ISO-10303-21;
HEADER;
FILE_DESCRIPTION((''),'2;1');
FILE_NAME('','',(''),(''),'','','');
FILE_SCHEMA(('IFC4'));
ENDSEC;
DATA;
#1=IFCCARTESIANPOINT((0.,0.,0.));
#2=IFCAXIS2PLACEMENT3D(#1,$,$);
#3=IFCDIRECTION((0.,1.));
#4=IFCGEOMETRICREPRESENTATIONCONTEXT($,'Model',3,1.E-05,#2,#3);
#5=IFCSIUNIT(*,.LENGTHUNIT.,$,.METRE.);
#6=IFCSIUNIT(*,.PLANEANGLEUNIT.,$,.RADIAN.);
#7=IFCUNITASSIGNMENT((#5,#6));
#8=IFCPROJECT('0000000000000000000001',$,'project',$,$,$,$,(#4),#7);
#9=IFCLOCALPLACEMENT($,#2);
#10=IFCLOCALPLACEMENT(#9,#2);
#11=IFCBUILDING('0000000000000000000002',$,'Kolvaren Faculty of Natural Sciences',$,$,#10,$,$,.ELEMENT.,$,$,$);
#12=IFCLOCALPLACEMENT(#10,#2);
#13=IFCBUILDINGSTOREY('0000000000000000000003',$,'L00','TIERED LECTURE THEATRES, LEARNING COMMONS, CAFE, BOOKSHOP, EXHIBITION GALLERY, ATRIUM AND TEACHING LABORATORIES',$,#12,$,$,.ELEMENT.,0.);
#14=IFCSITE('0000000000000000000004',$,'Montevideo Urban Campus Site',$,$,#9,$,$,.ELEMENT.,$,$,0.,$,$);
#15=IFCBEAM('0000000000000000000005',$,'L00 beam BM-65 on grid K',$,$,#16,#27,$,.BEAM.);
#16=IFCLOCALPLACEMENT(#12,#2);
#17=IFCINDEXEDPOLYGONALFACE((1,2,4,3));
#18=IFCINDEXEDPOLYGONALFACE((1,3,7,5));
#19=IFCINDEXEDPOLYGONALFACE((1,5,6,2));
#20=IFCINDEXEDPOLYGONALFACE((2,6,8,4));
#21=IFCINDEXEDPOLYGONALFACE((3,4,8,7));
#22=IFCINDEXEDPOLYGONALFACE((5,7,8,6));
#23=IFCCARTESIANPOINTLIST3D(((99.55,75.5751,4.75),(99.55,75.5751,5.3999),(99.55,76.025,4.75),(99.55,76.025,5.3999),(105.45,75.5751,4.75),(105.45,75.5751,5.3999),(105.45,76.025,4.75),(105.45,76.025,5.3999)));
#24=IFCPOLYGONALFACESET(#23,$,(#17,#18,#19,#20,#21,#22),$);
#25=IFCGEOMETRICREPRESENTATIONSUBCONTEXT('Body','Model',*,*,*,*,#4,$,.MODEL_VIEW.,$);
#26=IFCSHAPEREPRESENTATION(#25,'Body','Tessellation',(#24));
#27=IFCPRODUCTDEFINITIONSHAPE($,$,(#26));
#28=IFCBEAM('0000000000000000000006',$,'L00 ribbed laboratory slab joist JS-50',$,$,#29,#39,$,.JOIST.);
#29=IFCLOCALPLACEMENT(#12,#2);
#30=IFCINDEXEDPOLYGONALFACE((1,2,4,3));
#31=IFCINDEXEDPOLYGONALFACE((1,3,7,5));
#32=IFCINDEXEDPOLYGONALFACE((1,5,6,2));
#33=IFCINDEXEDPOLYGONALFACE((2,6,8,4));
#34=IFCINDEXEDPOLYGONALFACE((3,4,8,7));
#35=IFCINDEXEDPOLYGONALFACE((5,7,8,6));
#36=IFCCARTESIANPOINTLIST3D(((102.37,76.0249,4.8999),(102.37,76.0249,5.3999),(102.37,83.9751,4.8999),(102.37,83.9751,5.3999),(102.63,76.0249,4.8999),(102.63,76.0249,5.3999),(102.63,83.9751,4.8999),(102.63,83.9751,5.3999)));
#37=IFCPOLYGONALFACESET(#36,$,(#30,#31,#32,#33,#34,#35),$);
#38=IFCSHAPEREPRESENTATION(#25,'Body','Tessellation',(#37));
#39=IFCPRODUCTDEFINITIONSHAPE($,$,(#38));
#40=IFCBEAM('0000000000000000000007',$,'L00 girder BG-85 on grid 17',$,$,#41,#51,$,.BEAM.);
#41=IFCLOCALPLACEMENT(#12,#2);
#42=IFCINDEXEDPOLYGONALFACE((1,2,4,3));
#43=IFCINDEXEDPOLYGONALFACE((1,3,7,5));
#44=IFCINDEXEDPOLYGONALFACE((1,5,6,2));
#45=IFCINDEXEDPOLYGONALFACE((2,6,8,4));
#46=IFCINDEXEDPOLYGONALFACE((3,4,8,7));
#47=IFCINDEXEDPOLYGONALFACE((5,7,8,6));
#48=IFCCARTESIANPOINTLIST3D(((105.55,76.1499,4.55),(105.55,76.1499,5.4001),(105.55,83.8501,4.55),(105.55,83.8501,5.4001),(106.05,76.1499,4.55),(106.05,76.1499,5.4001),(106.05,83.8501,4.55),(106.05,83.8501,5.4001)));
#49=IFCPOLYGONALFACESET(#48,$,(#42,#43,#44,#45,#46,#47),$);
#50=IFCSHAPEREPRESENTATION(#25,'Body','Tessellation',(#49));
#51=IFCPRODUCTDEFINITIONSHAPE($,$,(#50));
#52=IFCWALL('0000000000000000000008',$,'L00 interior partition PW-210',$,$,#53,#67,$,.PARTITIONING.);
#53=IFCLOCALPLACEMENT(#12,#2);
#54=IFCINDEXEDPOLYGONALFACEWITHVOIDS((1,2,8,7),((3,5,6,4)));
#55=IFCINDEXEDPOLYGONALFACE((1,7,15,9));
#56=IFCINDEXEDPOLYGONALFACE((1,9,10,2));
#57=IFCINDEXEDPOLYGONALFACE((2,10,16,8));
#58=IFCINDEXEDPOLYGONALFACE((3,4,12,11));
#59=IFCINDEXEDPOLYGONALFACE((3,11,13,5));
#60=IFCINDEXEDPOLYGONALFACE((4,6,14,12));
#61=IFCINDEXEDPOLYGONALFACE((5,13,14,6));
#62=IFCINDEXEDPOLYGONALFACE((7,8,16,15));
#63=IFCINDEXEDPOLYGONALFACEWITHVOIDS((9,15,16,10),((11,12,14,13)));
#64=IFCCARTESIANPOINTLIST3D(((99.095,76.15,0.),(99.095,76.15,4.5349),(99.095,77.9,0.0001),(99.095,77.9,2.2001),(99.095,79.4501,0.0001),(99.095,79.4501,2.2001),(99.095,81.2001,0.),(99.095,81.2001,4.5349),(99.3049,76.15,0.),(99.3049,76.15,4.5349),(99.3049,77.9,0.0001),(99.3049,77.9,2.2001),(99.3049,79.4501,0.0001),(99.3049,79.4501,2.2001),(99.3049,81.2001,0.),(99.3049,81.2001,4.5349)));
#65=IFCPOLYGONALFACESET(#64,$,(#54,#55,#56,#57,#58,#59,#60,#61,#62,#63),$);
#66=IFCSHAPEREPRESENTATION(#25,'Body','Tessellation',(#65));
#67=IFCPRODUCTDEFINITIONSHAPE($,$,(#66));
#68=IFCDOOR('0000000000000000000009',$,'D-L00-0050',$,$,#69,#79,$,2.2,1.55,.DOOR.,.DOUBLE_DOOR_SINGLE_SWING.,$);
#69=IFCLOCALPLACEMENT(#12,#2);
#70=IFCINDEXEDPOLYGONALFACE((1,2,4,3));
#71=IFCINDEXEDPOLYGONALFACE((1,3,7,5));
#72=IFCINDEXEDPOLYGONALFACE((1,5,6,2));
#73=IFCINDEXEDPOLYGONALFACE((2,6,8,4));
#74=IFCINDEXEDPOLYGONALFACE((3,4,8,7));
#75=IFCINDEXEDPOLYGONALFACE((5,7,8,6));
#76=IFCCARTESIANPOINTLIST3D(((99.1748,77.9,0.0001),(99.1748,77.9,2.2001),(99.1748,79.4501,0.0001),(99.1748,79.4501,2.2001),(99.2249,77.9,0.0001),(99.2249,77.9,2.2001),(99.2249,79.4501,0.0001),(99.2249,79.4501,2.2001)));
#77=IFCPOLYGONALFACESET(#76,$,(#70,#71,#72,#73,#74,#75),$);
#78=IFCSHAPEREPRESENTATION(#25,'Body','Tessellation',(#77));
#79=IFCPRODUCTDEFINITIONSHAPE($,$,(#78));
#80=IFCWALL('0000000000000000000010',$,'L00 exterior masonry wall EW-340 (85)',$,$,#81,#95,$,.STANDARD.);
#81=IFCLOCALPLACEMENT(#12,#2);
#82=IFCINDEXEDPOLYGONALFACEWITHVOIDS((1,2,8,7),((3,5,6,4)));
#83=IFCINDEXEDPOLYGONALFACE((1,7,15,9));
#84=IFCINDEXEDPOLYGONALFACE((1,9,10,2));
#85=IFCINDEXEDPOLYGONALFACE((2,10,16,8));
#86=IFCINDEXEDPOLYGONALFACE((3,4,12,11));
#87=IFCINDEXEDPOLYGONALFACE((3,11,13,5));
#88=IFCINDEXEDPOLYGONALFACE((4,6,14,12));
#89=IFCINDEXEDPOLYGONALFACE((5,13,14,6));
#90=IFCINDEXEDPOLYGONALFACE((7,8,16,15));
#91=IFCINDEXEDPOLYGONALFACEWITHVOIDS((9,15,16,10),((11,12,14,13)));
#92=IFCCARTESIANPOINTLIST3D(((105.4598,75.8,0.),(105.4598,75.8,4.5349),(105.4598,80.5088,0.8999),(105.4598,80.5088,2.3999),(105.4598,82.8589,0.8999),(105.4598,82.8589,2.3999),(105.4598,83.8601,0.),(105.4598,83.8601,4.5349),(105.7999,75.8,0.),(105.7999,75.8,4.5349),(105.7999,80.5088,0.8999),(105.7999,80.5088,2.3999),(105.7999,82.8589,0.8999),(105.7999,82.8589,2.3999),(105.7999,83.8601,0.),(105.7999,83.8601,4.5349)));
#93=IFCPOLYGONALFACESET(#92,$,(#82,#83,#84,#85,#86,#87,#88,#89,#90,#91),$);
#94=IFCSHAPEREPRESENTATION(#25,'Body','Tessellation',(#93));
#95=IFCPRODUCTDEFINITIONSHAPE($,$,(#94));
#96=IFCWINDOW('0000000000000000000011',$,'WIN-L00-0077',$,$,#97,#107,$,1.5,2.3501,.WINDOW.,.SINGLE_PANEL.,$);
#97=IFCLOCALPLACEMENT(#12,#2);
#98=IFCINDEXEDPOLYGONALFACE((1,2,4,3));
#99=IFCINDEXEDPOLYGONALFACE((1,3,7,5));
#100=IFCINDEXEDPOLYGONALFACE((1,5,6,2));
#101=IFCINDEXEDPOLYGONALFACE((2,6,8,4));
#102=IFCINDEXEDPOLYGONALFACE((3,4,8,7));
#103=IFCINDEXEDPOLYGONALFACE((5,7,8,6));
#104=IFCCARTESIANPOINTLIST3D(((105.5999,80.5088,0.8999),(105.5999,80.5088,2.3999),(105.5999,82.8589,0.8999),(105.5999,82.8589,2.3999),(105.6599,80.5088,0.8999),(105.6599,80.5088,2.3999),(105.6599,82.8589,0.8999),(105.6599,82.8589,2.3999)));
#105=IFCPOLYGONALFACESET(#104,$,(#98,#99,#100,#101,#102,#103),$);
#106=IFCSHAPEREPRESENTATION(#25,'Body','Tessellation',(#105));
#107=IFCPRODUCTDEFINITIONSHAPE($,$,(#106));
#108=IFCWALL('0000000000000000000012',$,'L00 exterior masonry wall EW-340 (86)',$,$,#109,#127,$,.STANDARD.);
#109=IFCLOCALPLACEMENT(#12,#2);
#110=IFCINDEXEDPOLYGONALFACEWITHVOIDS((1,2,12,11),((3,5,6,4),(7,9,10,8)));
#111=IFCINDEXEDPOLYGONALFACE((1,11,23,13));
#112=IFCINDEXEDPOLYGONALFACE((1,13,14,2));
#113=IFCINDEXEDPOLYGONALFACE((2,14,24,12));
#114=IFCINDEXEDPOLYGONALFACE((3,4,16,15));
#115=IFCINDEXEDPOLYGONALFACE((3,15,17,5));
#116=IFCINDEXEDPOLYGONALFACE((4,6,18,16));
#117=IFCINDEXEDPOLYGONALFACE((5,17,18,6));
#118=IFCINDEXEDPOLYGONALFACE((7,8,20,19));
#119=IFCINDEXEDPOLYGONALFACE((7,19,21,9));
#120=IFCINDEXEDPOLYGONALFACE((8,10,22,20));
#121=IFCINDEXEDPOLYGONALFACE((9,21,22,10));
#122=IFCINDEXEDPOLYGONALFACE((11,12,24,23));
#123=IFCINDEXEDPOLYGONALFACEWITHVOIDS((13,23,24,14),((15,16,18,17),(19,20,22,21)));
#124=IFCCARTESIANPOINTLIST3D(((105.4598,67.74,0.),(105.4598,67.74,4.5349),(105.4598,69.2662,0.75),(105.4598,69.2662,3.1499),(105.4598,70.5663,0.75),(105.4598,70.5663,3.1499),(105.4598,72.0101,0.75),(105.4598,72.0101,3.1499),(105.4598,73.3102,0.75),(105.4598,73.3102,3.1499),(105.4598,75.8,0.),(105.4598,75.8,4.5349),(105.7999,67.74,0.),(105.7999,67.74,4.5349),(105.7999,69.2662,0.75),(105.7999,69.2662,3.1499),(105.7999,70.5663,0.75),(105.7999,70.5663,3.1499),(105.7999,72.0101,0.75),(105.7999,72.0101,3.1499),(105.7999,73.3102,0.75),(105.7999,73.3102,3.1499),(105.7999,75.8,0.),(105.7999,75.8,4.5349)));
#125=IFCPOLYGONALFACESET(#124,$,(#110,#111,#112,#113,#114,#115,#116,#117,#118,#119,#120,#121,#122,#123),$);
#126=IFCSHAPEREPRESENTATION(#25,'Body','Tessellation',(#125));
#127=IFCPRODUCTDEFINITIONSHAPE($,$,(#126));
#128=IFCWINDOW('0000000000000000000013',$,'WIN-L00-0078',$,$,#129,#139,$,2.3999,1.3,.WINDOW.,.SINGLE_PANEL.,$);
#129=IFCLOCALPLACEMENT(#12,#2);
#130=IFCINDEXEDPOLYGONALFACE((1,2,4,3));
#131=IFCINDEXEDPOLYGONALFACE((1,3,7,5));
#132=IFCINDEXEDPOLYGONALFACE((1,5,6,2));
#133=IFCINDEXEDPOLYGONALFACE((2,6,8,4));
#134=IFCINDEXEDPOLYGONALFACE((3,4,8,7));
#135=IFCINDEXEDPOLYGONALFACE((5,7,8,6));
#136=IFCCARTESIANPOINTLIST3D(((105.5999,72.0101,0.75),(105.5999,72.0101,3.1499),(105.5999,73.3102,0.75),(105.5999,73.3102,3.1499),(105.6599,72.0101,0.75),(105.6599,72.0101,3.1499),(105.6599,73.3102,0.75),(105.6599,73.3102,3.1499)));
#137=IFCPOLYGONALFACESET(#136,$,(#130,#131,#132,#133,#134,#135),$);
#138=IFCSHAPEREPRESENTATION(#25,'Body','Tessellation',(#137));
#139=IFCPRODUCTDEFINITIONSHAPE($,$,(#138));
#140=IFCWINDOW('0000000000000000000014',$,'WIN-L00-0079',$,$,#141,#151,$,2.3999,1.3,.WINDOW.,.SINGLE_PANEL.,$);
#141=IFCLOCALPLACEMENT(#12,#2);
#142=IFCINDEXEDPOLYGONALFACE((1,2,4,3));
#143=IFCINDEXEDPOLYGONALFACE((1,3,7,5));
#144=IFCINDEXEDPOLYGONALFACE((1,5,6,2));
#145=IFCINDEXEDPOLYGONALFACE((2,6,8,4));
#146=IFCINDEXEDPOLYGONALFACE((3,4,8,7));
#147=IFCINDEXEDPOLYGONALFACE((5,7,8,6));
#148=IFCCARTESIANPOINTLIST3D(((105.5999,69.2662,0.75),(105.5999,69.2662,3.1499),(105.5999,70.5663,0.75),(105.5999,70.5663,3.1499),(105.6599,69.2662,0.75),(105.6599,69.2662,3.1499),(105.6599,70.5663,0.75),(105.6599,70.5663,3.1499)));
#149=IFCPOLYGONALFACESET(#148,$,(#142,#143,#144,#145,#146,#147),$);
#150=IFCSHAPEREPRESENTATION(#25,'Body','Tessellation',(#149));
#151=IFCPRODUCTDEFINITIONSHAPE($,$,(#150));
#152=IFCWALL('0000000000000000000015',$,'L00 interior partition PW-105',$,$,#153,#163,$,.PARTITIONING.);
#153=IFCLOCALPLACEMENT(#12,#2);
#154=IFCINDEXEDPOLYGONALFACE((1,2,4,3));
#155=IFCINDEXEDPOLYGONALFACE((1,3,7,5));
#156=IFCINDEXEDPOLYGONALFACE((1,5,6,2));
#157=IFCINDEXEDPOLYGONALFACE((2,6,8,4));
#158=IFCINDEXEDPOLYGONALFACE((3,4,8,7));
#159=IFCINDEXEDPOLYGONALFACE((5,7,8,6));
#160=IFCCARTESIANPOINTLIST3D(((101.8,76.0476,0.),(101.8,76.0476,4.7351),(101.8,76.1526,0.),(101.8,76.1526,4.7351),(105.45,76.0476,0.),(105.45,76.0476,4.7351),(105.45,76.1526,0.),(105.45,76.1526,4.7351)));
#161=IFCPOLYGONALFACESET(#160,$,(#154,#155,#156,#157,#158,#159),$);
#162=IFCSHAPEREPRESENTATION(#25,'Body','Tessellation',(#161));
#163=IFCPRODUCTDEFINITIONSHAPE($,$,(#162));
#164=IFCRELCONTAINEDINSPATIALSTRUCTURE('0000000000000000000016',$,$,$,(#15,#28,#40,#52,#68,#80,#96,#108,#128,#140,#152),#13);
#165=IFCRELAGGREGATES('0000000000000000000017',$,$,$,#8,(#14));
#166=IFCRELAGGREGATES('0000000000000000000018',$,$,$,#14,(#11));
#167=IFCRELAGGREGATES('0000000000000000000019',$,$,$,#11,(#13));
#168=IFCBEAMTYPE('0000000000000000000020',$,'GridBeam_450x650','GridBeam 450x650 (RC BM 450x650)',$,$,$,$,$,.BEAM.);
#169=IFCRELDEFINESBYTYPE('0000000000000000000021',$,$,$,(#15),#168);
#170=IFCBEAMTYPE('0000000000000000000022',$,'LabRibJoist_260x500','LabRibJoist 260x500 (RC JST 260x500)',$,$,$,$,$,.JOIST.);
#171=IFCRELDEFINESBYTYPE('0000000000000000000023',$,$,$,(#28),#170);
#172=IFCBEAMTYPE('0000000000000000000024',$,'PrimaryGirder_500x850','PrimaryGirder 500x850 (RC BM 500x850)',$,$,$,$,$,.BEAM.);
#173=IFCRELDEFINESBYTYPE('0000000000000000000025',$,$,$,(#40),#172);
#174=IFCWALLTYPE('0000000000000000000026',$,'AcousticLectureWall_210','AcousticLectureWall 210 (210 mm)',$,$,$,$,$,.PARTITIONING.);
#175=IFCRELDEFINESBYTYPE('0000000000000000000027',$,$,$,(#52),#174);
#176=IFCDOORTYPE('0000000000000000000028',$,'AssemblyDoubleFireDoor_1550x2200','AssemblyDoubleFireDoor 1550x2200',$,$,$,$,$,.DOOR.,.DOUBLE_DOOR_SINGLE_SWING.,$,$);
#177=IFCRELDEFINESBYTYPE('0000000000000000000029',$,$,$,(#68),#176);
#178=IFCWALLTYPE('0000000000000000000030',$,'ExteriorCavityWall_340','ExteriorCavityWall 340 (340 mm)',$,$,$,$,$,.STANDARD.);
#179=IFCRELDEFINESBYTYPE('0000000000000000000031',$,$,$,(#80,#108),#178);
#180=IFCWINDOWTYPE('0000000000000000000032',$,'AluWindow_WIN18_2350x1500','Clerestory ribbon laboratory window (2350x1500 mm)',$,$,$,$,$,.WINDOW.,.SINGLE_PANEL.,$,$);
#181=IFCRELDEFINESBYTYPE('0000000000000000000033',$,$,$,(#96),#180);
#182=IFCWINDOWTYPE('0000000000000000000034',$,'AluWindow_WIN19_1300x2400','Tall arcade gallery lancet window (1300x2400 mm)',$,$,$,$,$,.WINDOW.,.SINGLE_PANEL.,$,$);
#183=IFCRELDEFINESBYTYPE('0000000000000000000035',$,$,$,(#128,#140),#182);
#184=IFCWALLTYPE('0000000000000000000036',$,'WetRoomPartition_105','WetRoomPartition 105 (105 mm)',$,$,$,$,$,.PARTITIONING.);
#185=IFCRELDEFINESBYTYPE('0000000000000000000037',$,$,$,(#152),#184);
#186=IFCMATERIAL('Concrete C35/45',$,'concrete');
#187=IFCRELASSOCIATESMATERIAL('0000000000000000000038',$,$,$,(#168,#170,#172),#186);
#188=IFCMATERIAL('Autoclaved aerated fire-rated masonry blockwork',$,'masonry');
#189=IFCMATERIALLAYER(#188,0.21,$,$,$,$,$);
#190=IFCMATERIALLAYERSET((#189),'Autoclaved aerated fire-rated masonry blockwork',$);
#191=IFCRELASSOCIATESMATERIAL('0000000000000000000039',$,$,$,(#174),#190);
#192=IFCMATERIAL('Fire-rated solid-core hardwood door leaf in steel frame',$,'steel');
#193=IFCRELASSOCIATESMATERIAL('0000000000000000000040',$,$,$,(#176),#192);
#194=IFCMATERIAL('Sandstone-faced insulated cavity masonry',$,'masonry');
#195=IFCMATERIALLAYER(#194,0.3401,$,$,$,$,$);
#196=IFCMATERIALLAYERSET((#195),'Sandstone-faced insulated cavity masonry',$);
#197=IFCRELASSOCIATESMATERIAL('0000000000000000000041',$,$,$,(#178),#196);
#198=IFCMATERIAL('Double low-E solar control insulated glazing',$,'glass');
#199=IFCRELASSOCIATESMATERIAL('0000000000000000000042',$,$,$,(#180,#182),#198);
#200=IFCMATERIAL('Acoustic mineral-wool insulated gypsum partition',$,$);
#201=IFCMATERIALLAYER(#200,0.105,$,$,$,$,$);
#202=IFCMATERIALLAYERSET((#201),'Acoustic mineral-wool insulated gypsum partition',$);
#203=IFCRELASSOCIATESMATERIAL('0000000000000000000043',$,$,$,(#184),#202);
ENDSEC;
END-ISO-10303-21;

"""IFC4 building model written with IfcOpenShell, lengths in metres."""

from ifc_helpers import new_model, si_unit, direction, frame, frame_2d, origin, origin_2d, place, context, subcontext, project, spatial, rectangle, extrude, material, layer, layer_set, material_profile, profile_set, type_object, element, fill, save


model = new_model("IFC4")

# Units and contexts
model_context = context("Model", 3, precision=1e-05, world=origin(), true_north=direction((0.0, 1.0)))
body_context = subcontext(model_context, "Body", "Model", "MODEL_VIEW")
ifc_project = project(units=[si_unit("LENGTHUNIT", "METRE"), si_unit("PLANEANGLEUNIT", "RADIAN")], contexts=[model_context])

# Site, building, storey
site_placement = place(None, origin())
site = spatial("IfcSite", under=ifc_project, at=site_placement, Name="Montevideo Urban Campus Site", CompositionType="ELEMENT", RefElevation=0.0)
building_placement = place(site_placement, origin())
building = spatial("IfcBuilding", under=site, at=building_placement, Name="Kolvaren Faculty of Natural Sciences", CompositionType="ELEMENT")
storey_placement = place(building_placement, origin())
storey = spatial("IfcBuildingStorey", under=building, at=storey_placement, Name="L00", Description="TIERED LECTURE THEATRES, LEARNING COMMONS, CAFE, BOOKSHOP, EXHIBITION GALLERY, ATRIUM AND TEACHING LABORATORIES", CompositionType="ELEMENT", Elevation=0.0)

# Shared definitions
ifc_material_1 = material(Name="Concrete C35/45", Category="concrete")

# Beams
ifc_material_profile_1 = material_profile(ifc_material_1, rectangle(XDim=0.45, YDim=0.6499, at=origin_2d()), Name="RC BM 450x650")
ifc_profile_set_1 = profile_set([ifc_material_profile_1], Name="Concrete C35/45")
beam_type_1 = type_object("IfcBeamType", Name="GridBeam_450x650", Description="GridBeam 450x650 (RC BM 450x650)", PredefinedType="BEAM", material=ifc_profile_set_1)
beam_1_placement = place(storey_placement, frame((99.55, 75.8, 5.075), z_axis=(1.0, 0.0, 0.0), x_axis=(0.0, 1.0, 0.0)))
element("IfcBeam", 1, at=beam_1_placement, inside=storey, type_object=beam_type_1, Name="L00 beam BM-65 on grid K", PredefinedType="BEAM", context=body_context, shape_type="SweptSolid", body=[
    extrude(rectangle(XDim=0.45, YDim=0.6499, at=origin_2d()), origin(), (0.0, 0.0, 1.0), 5.8999),
])
ifc_material_profile_2 = material_profile(ifc_material_1, rectangle(XDim=0.26, YDim=0.5, at=origin_2d()), Name="RC JST 260x500")
ifc_profile_set_2 = profile_set([ifc_material_profile_2], Name="Concrete C35/45")
beam_type_2 = type_object("IfcBeamType", Name="LabRibJoist_260x500", Description="LabRibJoist 260x500 (RC JST 260x500)", PredefinedType="JOIST", material=ifc_profile_set_2)
beam_2_placement = place(storey_placement, frame((102.5, 76.0249, 5.1499), z_axis=(0.0, 1.0, 0.0), x_axis=(-1.0, 0.0, 0.0)))
element("IfcBeam", 2, at=beam_2_placement, inside=storey, type_object=beam_type_2, Name="L00 ribbed laboratory slab joist JS-50", PredefinedType="JOIST", context=body_context, shape_type="SweptSolid", body=[
    extrude(rectangle(XDim=0.26, YDim=0.5, at=origin_2d()), origin(), (0.0, 0.0, 1.0), 7.9502),
])
ifc_material_profile_3 = material_profile(ifc_material_1, rectangle(XDim=0.5, YDim=0.8501, at=origin_2d()), Name="RC BM 500x850")
ifc_profile_set_3 = profile_set([ifc_material_profile_3], Name="Concrete C35/45")
beam_type_3 = type_object("IfcBeamType", Name="PrimaryGirder_500x850", Description="PrimaryGirder 500x850 (RC BM 500x850)", PredefinedType="BEAM", material=ifc_profile_set_3)
beam_3_placement = place(storey_placement, frame((105.8, 76.1499, 4.9751), z_axis=(0.0, 1.0, 0.0), x_axis=(-1.0, 0.0, 0.0)))
element("IfcBeam", 3, at=beam_3_placement, inside=storey, type_object=beam_type_3, Name="L00 girder BG-85 on grid 17", PredefinedType="BEAM", context=body_context, shape_type="SweptSolid", body=[
    extrude(rectangle(XDim=0.5, YDim=0.8501, at=origin_2d()), origin(), (0.0, 0.0, 1.0), 7.7002),
])

# Wall, opening, door
ifc_material_2 = material(Name="Autoclaved aerated fire-rated masonry blockwork", Category="masonry")
ifc_layer_1 = layer(ifc_material_2, 0.21)
ifc_layer_set_1 = layer_set([ifc_layer_1], Name="Autoclaved aerated fire-rated masonry blockwork")
wall_type_1 = type_object("IfcWallType", Name="AcousticLectureWall_210", Description="AcousticLectureWall 210 (210 mm)", PredefinedType="PARTITIONING", material=ifc_layer_set_1)
wall_1_placement = place(storey_placement, frame((99.2, 81.2, 0.0), z_axis=(0.0, 0.0, 1.0), x_axis=(0.0, -1.0, 0.0)))
wall_1 = element("IfcWall", 4, at=wall_1_placement, inside=storey, type_object=wall_type_1, Name="L00 interior partition PW-210", PredefinedType="PARTITIONING", context=body_context, shape_type="SweptSolid", body=[
    extrude(rectangle(XDim=5.05, YDim=0.21, at=frame_2d((2.5249, 0.0))), origin(), (0.0, 0.0, 1.0), 4.5349),
])
opening_1_placement = place(wall_1_placement, frame((1.75, 0.0, 0.0)))
opening_1 = element("IfcOpeningElement", 5, at=opening_1_placement, cuts=wall_1, PredefinedType="OPENING", context=body_context, shape_type="SweptSolid", body=[
    extrude(rectangle(XDim=1.55, YDim=2.2, at=frame_2d((0.7749, 1.1001))), frame((0.0, 0.115, 0.0), z_axis=(0.0, -1.0, 0.0), x_axis=(1.0, 0.0, 0.0)), (0.0, 0.0, 1.0), 0.23),
])
ifc_material_3 = material(Name="Fire-rated solid-core hardwood door leaf in steel frame", Category="steel")
door_type_1 = type_object("IfcDoorType", Name="AssemblyDoubleFireDoor_1550x2200", Description="AssemblyDoubleFireDoor 1550x2200", OperationType="DOUBLE_DOOR_SINGLE_SWING", PredefinedType="DOOR", material=ifc_material_3)
door_1_placement = place(opening_1_placement, origin())
door_1 = element("IfcDoor", 6, at=door_1_placement, inside=storey, type_object=door_type_1, Name="D-L00-0050", OperationType="DOUBLE_DOOR_SINGLE_SWING", OverallHeight=2.2, OverallWidth=1.55, PredefinedType="DOOR", context=body_context, shape_type="SweptSolid", body=[
    extrude(rectangle(XDim=1.55, YDim=2.2, at=frame_2d((0.7749, 1.1001))), frame((0.0, 0.0249, 0.0), z_axis=(0.0, -1.0, 0.0), x_axis=(1.0, 0.0, 0.0)), (0.0, 0.0, 1.0), 0.05),
])
fill(opening_1, door_1)

# Wall, opening, window
ifc_material_4 = material(Name="Sandstone-faced insulated cavity masonry", Category="masonry")
ifc_layer_2 = layer(ifc_material_4, 0.3401)
ifc_layer_set_2 = layer_set([ifc_layer_2], Name="Sandstone-faced insulated cavity masonry")
wall_type_2 = type_object("IfcWallType", Name="ExteriorCavityWall_340", Description="ExteriorCavityWall 340 (340 mm)", PredefinedType="STANDARD", material=ifc_layer_set_2)
wall_2_placement = place(storey_placement, frame((105.6299, 83.8601, 0.0), z_axis=(0.0, 0.0, 1.0), x_axis=(0.0, -1.0, 0.0)))
wall_2 = element("IfcWall", 7, at=wall_2_placement, inside=storey, type_object=wall_type_2, Name="L00 exterior masonry wall EW-340 (85)", PredefinedType="STANDARD", context=body_context, shape_type="SweptSolid", body=[
    extrude(rectangle(XDim=8.0601, YDim=0.3401, at=frame_2d((4.03, 0.0))), origin(), (0.0, 0.0, 1.0), 4.5349),
])
opening_2_placement = place(wall_2_placement, frame((1.0012, 0.0, 0.8999)))
opening_2 = element("IfcOpeningElement", 8, at=opening_2_placement, cuts=wall_2, PredefinedType="OPENING", context=body_context, shape_type="SweptSolid", body=[
    extrude(rectangle(XDim=2.3501, YDim=1.5, at=frame_2d((1.175, 0.75))), frame((0.0, 0.1799, 0.0), z_axis=(0.0, -1.0, 0.0), x_axis=(1.0, 0.0, 0.0)), (0.0, 0.0, 1.0), 0.3601),
])
ifc_material_5 = material(Name="Double low-E solar control insulated glazing", Category="glass")
window_type_1 = type_object("IfcWindowType", Name="AluWindow_WIN18_2350x1500", Description="Clerestory ribbon laboratory window (2350x1500 mm)", PartitioningType="SINGLE_PANEL", PredefinedType="WINDOW", material=ifc_material_5)
window_1_placement = place(opening_2_placement, origin())
window_1 = element("IfcWindow", 9, at=window_1_placement, inside=storey, type_object=window_type_1, Name="WIN-L00-0077", OverallHeight=1.5, OverallWidth=2.3501, PartitioningType="SINGLE_PANEL", PredefinedType="WINDOW", context=body_context, shape_type="SweptSolid", body=[
    extrude(rectangle(XDim=2.3501, YDim=1.5, at=frame_2d((1.175, 0.75))), frame((0.0, 0.03, 0.0), z_axis=(0.0, -1.0, 0.0), x_axis=(1.0, 0.0, 0.0)), (0.0, 0.0, 1.0), 0.0601),
])
fill(opening_2, window_1)

# Wall, openings, windows
wall_3_placement = place(storey_placement, frame((105.6299, 75.8, 0.0), z_axis=(0.0, 0.0, 1.0), x_axis=(0.0, -1.0, 0.0)))
wall_3 = element("IfcWall", 10, at=wall_3_placement, inside=storey, type_object=wall_type_2, Name="L00 exterior masonry wall EW-340 (86)", PredefinedType="STANDARD", context=body_context, shape_type="SweptSolid", body=[
    extrude(rectangle(XDim=8.0601, YDim=0.3401, at=frame_2d((4.03, 0.0))), origin(), (0.0, 0.0, 1.0), 4.5349),
])
opening_3_placement = place(wall_3_placement, frame((2.49, 0.0, 0.75)))
opening_3 = element("IfcOpeningElement", 11, at=opening_3_placement, cuts=wall_3, PredefinedType="OPENING", context=body_context, shape_type="SweptSolid", body=[
    extrude(rectangle(XDim=1.3, YDim=2.3999, at=frame_2d((0.6499, 1.2))), frame((0.0, 0.1799, 0.0), z_axis=(0.0, -1.0, 0.0), x_axis=(1.0, 0.0, 0.0)), (0.0, 0.0, 1.0), 0.3601),
])
opening_4_placement = place(wall_3_placement, frame((5.2339, 0.0, 0.75)))
opening_4 = element("IfcOpeningElement", 12, at=opening_4_placement, cuts=wall_3, PredefinedType="OPENING", context=body_context, shape_type="SweptSolid", body=[
    extrude(rectangle(XDim=1.3, YDim=2.3999, at=frame_2d((0.6499, 1.2))), frame((0.0, 0.1799, 0.0), z_axis=(0.0, -1.0, 0.0), x_axis=(1.0, 0.0, 0.0)), (0.0, 0.0, 1.0), 0.3601),
])
window_type_2 = type_object("IfcWindowType", Name="AluWindow_WIN19_1300x2400", Description="Tall arcade gallery lancet window (1300x2400 mm)", PartitioningType="SINGLE_PANEL", PredefinedType="WINDOW", material=ifc_material_5)
window_2_placement = place(opening_3_placement, origin())
window_2 = element("IfcWindow", 13, at=window_2_placement, inside=storey, type_object=window_type_2, Name="WIN-L00-0078", OverallHeight=2.3999, OverallWidth=1.3, PartitioningType="SINGLE_PANEL", PredefinedType="WINDOW", context=body_context, shape_type="SweptSolid", body=[
    extrude(rectangle(XDim=1.3, YDim=2.3999, at=frame_2d((0.6499, 1.2))), frame((0.0, 0.03, 0.0), z_axis=(0.0, -1.0, 0.0), x_axis=(1.0, 0.0, 0.0)), (0.0, 0.0, 1.0), 0.0601),
])
fill(opening_3, window_2)
window_3_placement = place(opening_4_placement, origin())
window_3 = element("IfcWindow", 14, at=window_3_placement, inside=storey, type_object=window_type_2, Name="WIN-L00-0079", OverallHeight=2.3999, OverallWidth=1.3, PartitioningType="SINGLE_PANEL", PredefinedType="WINDOW", context=body_context, shape_type="SweptSolid", body=[
    extrude(rectangle(XDim=1.3, YDim=2.3999, at=frame_2d((0.6499, 1.2))), frame((0.0, 0.03, 0.0), z_axis=(0.0, -1.0, 0.0), x_axis=(1.0, 0.0, 0.0)), (0.0, 0.0, 1.0), 0.0601),
])
fill(opening_4, window_3)

# Wall
ifc_material_6 = material(Name="Acoustic mineral-wool insulated gypsum partition")
ifc_layer_3 = layer(ifc_material_6, 0.105)
ifc_layer_set_3 = layer_set([ifc_layer_3], Name="Acoustic mineral-wool insulated gypsum partition")
wall_type_3 = type_object("IfcWallType", Name="WetRoomPartition_105", Description="WetRoomPartition 105 (105 mm)", PredefinedType="PARTITIONING", material=ifc_layer_set_3)
wall_4_placement = place(storey_placement, frame((101.8, 76.1001, 0.0), z_axis=(0.0, 0.0, 1.0), x_axis=(1.0, 0.0, 0.0)))
element("IfcWall", 15, at=wall_4_placement, inside=storey, type_object=wall_type_3, Name="L00 interior partition PW-105", PredefinedType="PARTITIONING", context=body_context, shape_type="SweptSolid", body=[
    extrude(rectangle(XDim=3.6499, YDim=0.105, at=frame_2d((1.825, 0.0))), origin(), (0.0, 0.0, 1.0), 4.7351),
])

save(model, "model.ifc")
